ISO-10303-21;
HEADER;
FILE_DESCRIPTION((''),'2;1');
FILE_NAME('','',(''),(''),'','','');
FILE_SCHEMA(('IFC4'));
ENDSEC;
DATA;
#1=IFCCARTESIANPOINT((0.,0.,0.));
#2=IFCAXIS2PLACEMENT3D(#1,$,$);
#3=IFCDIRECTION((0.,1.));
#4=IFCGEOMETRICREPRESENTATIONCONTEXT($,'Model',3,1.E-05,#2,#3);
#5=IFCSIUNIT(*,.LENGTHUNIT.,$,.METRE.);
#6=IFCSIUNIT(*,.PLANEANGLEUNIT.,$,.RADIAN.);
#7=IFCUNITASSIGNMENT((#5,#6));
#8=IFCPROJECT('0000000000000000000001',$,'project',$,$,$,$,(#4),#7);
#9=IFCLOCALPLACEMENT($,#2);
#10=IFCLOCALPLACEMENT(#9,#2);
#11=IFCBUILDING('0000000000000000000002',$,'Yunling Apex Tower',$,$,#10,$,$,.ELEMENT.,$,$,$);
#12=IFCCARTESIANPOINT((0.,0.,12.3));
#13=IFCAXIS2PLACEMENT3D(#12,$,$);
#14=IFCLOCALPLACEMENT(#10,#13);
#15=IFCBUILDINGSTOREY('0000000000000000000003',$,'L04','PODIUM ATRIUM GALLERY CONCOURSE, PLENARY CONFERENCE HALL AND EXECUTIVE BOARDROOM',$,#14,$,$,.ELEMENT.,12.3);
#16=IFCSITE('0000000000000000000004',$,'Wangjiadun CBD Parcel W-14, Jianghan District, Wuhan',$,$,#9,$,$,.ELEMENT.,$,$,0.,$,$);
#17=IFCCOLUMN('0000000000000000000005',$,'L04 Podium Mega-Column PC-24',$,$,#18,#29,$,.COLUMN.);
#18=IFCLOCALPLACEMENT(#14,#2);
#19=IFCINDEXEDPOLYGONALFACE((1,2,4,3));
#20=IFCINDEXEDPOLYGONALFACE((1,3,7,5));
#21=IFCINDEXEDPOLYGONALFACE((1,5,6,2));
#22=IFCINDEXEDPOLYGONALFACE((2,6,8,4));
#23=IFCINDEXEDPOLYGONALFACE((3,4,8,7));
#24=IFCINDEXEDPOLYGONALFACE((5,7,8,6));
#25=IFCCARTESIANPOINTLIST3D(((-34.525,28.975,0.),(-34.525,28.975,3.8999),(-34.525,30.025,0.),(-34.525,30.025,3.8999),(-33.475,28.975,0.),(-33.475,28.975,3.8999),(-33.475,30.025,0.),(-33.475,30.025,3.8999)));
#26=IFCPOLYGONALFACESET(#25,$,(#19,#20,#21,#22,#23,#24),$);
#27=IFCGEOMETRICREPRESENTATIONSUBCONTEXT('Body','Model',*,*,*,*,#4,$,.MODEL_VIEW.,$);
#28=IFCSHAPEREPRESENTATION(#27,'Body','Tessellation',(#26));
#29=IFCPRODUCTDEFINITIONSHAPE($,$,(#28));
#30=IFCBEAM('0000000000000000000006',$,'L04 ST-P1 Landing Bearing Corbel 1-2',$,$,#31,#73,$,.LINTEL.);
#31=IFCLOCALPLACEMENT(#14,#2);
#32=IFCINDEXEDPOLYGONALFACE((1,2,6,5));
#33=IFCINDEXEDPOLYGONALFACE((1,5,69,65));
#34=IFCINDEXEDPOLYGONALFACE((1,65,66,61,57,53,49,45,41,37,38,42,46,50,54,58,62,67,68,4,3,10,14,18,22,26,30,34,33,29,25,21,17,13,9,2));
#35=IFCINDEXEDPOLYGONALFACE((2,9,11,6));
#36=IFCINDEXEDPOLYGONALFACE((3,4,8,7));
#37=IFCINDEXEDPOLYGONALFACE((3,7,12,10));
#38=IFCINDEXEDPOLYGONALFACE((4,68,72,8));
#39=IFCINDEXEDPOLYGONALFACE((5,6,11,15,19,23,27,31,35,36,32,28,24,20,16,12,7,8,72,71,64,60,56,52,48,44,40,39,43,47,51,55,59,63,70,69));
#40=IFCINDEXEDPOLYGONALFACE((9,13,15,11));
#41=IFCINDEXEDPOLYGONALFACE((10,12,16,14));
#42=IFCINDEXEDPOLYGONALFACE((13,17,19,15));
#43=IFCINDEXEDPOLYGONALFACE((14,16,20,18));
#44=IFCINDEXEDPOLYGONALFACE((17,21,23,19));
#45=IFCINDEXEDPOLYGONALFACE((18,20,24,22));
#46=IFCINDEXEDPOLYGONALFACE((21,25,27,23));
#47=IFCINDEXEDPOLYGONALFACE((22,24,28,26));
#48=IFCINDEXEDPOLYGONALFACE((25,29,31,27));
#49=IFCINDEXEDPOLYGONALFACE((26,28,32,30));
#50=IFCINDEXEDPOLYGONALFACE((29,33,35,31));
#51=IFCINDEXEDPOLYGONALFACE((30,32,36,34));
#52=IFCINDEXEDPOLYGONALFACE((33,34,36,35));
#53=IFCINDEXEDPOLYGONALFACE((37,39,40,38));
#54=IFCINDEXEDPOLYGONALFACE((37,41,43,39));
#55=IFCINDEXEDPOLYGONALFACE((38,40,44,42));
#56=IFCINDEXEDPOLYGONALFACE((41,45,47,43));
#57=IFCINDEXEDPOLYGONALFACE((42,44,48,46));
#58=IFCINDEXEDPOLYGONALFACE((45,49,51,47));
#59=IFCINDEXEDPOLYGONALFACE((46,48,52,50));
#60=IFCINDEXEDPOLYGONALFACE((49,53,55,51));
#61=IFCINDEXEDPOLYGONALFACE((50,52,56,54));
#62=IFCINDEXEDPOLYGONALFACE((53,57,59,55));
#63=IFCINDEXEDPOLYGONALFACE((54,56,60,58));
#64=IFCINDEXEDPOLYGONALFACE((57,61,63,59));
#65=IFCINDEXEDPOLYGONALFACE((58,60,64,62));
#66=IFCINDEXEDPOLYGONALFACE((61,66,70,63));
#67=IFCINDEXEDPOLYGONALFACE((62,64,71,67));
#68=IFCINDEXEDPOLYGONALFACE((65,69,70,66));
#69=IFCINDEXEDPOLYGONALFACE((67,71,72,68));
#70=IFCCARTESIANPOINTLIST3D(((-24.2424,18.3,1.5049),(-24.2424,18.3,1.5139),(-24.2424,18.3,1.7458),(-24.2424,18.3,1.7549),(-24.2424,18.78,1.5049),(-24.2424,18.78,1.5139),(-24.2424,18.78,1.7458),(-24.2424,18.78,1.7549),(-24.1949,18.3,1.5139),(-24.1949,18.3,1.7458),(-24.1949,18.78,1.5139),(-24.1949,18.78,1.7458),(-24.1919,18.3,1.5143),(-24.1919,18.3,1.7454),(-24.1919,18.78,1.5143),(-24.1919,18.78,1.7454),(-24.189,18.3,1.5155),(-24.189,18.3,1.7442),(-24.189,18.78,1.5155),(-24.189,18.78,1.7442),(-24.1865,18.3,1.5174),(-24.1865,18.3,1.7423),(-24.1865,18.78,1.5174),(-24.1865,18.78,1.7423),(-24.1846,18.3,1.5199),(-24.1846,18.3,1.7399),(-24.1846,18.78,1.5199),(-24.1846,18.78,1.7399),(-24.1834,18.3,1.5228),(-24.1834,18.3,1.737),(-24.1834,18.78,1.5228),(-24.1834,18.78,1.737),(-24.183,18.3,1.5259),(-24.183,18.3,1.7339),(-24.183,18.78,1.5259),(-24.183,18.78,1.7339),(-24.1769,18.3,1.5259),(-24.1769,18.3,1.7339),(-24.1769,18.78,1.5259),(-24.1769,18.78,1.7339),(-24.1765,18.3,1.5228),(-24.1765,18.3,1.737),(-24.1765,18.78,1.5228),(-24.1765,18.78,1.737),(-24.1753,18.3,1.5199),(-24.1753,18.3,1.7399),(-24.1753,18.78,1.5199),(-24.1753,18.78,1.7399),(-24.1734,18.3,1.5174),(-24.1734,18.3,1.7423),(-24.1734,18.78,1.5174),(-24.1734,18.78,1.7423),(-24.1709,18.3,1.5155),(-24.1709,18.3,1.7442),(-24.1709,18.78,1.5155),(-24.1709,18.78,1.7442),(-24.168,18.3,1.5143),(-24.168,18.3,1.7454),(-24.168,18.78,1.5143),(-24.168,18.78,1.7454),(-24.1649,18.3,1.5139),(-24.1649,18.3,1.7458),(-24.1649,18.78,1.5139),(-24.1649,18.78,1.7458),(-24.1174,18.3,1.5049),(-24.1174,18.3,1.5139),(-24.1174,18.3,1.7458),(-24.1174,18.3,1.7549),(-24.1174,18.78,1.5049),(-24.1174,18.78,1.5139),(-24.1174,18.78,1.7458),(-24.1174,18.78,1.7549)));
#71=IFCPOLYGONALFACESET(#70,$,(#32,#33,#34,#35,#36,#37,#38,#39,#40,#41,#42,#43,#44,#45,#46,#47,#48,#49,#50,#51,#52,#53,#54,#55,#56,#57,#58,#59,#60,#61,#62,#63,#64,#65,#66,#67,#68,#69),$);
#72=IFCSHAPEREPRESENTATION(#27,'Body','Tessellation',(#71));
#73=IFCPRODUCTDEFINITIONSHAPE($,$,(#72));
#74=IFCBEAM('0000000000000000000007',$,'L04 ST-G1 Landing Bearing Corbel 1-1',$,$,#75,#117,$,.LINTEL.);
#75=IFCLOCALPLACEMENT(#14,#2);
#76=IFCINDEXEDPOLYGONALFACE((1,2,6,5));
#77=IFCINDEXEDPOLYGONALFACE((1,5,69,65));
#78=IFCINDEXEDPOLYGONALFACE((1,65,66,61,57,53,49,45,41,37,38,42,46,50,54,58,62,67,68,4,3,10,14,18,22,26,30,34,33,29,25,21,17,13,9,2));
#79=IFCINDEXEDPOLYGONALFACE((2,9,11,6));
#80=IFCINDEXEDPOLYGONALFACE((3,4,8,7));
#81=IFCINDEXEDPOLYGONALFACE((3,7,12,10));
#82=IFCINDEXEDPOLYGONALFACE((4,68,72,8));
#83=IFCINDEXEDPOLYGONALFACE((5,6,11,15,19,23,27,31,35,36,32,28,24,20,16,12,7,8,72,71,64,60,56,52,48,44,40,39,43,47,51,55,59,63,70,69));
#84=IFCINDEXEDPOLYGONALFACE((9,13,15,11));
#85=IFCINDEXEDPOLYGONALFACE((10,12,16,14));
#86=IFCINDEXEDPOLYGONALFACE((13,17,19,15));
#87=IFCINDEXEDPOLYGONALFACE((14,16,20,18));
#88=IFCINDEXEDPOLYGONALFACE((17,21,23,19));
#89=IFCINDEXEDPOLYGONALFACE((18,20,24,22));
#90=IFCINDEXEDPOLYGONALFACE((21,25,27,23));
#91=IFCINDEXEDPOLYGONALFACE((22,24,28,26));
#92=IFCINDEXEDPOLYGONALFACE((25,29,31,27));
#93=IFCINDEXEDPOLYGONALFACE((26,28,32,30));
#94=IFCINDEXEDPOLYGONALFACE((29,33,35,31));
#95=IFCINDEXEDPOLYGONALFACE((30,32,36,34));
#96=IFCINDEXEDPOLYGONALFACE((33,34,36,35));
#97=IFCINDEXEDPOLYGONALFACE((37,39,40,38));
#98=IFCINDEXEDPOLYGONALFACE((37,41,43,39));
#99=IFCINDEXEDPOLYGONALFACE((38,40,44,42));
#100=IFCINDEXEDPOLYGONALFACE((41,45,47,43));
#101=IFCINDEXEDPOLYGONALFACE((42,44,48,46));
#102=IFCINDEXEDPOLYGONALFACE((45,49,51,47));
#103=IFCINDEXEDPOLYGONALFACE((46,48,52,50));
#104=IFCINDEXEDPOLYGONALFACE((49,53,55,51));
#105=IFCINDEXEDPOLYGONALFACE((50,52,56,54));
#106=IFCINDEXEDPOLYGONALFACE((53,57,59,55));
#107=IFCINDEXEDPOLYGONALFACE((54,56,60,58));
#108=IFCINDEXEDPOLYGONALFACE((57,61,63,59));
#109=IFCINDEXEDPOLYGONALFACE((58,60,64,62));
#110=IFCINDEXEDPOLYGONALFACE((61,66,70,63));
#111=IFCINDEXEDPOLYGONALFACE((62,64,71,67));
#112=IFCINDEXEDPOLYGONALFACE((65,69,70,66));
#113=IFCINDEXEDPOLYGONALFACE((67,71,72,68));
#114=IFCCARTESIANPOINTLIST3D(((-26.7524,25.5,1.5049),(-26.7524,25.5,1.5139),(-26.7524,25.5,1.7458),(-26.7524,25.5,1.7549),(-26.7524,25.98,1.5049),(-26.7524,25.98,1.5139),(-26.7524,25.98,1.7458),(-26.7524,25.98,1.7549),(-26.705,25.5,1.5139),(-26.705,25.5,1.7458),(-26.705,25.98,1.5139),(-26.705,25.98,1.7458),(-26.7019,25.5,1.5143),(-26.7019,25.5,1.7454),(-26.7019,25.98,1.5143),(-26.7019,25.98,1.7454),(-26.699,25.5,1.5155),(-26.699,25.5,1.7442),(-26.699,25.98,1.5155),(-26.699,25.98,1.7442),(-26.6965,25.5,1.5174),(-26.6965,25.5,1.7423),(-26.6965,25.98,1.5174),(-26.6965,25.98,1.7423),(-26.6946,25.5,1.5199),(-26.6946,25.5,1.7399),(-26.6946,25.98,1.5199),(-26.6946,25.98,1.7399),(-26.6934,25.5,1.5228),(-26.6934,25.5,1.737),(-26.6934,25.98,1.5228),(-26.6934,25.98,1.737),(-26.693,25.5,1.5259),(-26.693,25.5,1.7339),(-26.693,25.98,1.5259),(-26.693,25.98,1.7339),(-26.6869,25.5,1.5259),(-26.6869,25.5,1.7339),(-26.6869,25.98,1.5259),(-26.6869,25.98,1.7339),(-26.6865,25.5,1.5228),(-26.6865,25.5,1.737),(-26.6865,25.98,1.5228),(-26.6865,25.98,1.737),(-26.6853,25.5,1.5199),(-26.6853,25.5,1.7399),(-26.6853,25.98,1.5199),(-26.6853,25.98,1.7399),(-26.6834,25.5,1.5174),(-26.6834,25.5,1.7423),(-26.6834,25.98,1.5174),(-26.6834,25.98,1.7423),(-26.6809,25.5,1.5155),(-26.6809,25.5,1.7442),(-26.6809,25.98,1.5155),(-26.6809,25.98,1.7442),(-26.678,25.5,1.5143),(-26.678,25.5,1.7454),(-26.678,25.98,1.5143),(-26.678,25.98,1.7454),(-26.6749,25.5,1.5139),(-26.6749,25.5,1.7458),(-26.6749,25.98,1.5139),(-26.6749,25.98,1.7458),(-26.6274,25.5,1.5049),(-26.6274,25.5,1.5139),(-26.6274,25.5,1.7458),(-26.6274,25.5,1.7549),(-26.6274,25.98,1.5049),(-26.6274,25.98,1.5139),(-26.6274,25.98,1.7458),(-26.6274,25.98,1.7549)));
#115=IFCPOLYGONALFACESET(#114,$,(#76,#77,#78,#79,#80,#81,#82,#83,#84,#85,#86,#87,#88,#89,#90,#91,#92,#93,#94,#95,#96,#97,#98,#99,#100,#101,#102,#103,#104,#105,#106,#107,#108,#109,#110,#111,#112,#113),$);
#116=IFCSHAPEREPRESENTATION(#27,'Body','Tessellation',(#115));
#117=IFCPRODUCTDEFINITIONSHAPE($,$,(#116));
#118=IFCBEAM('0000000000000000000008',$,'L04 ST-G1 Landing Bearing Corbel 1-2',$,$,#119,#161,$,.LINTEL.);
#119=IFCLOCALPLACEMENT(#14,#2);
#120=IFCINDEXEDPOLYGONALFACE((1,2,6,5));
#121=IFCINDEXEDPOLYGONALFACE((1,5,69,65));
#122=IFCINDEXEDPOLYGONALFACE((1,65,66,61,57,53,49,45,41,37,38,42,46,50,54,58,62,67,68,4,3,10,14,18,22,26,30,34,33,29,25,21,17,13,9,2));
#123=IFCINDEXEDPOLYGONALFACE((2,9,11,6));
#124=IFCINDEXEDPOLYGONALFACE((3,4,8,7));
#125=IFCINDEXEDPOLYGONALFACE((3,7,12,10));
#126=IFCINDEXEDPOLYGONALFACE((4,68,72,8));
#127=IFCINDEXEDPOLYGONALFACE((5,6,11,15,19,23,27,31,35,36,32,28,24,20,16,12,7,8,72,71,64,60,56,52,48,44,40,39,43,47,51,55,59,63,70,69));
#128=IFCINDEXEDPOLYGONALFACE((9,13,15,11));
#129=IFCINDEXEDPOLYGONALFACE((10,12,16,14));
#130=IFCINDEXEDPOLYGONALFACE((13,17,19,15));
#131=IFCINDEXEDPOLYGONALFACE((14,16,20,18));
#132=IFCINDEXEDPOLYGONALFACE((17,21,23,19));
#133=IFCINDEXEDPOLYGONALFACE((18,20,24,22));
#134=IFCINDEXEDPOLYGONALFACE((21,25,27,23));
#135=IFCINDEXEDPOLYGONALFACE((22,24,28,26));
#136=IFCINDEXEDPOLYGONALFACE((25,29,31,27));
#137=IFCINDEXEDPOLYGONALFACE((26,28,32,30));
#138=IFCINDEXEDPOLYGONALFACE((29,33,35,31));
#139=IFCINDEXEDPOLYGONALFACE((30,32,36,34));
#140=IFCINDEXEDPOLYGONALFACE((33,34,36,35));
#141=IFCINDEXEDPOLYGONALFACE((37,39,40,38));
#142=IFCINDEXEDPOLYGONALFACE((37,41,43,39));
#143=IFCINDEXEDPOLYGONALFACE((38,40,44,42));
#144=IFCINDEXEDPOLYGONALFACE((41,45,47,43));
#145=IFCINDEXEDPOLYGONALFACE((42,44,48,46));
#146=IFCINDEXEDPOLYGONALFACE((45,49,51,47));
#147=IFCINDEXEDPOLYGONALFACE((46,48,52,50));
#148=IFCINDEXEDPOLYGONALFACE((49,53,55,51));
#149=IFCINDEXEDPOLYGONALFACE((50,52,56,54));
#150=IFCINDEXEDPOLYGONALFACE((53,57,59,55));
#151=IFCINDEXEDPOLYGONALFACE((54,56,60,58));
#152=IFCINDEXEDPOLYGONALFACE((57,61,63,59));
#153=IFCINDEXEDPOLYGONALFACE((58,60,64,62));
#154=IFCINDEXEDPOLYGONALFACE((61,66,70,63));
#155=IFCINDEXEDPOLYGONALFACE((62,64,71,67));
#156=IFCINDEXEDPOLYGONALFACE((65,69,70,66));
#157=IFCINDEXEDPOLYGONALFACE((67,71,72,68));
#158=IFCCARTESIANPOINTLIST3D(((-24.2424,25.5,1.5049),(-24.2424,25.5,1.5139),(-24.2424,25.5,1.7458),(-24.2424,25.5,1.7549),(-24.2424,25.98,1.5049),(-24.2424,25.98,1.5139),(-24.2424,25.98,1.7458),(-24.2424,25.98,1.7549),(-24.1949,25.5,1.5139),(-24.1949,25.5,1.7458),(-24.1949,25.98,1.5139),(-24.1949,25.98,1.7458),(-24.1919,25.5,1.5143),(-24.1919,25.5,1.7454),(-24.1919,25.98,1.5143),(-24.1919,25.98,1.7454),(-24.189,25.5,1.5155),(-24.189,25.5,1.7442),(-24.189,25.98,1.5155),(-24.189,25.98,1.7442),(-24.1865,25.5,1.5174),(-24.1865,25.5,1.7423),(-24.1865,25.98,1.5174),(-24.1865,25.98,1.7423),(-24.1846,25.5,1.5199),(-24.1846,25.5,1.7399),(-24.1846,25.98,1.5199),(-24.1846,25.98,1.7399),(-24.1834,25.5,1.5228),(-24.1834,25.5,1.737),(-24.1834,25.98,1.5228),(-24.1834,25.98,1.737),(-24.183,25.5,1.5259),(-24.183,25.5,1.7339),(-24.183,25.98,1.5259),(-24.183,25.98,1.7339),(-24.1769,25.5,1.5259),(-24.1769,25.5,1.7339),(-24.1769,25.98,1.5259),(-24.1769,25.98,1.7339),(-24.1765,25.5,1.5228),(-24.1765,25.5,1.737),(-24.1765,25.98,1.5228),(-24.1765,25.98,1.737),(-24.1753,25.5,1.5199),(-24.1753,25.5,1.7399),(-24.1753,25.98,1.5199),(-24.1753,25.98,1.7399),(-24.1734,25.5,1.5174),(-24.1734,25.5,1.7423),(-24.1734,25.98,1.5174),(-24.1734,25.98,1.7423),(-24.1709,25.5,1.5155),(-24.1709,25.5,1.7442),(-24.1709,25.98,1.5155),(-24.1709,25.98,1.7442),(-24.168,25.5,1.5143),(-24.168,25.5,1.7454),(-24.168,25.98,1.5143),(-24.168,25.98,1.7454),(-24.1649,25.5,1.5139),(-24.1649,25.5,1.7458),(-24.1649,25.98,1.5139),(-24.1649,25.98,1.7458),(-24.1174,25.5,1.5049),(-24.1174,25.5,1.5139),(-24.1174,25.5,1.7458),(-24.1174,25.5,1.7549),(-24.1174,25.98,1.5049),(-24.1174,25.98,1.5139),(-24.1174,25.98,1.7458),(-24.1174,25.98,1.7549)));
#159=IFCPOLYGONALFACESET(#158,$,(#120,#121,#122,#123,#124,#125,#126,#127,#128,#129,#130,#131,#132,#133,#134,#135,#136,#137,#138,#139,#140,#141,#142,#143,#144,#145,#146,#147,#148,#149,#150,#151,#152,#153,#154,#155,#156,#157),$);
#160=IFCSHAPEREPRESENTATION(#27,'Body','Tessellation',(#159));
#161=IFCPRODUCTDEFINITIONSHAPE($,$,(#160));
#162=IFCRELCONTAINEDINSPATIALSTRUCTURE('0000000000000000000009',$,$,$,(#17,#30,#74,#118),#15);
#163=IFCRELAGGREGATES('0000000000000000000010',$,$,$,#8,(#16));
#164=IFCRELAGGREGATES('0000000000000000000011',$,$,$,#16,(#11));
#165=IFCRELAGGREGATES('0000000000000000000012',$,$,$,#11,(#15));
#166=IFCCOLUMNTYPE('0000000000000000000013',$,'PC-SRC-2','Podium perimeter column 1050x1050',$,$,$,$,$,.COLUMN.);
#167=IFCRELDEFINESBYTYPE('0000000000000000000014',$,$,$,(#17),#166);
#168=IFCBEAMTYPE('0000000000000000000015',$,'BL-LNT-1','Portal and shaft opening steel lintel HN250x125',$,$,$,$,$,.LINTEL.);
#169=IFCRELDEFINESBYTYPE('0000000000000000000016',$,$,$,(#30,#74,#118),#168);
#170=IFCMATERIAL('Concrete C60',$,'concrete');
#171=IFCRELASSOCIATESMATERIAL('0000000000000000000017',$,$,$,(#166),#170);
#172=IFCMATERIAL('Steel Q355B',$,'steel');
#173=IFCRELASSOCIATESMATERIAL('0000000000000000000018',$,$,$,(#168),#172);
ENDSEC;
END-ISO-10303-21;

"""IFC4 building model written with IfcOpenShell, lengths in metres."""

from ifc_helpers import new_model, si_unit, direction, frame, origin, origin_2d, place, context, subcontext, project, spatial, rectangle, i_section, extrude, source, transform, mapped, material, material_profile, profile_set, type_object, element, save


model = new_model("IFC4")

# Units and contexts
model_context = context("Model", 3, precision=1e-05, world=origin(), true_north=direction((0.0, 1.0)))
body_context = subcontext(model_context, "Body", "Model", "MODEL_VIEW")
ifc_project = project(units=[si_unit("LENGTHUNIT", "METRE"), si_unit("PLANEANGLEUNIT", "RADIAN")], contexts=[model_context])

# Site, building, storey
site_placement = place(None, origin())
site = spatial("IfcSite", under=ifc_project, at=site_placement, Name="Wangjiadun CBD Parcel W-14, Jianghan District, Wuhan", CompositionType="ELEMENT", RefElevation=0.0)
building_placement = place(site_placement, origin())
building = spatial("IfcBuilding", under=site, at=building_placement, Name="Yunling Apex Tower", CompositionType="ELEMENT")
storey_placement = place(building_placement, frame((0.0, 0.0, 12.3)))
storey = spatial("IfcBuildingStorey", under=building, at=storey_placement, Name="L04", Description="PODIUM ATRIUM GALLERY CONCOURSE, PLENARY CONFERENCE HALL AND EXECUTIVE BOARDROOM", CompositionType="ELEMENT", Elevation=12.3)

# Column
ifc_material_1 = material(Name="Concrete C60", Category="concrete")
ifc_material_profile_1 = material_profile(ifc_material_1, rectangle(XDim=1.05, YDim=1.05, at=origin_2d()))
ifc_profile_set_1 = profile_set([ifc_material_profile_1], Name="Concrete C60")
column_type = type_object("IfcColumnType", Name="PC-SRC-2", Description="Podium perimeter column 1050x1050", PredefinedType="COLUMN", material=ifc_profile_set_1)
shared_shape_1 = source(origin(), body_context, "Body", "SweptSolid", [
    extrude(rectangle(XDim=1.05, YDim=1.05, at=origin_2d()), origin(), (0.0, 0.0, 1.0), 3.8999),
])
column_placement = place(storey_placement, frame((-34.0, 29.5, 0.0), z_axis=(0.0, 0.0, 1.0), x_axis=(1.0, 0.0, 0.0)))
element("IfcColumn", 1, at=column_placement, inside=storey, type_object=column_type, Name="L04 Podium Mega-Column PC-24", PredefinedType="COLUMN", context=body_context, shape_type="MappedRepresentation", body=[
    mapped(shared_shape_1, transform((0.0, 0.0, 0.0), scale=1.0)),
])

# Beams
ifc_material_2 = material(Name="Steel Q355B", Category="steel")
ifc_material_profile_2 = material_profile(ifc_material_2, i_section(OverallWidth=0.125, OverallDepth=0.25, WebThickness=0.0061, FlangeThickness=0.009, FilletRadius=0.012, at=origin_2d()))
ifc_profile_set_2 = profile_set([ifc_material_profile_2], Name="Steel Q355B")
beam_type_1 = type_object("IfcBeamType", Name="BL-LNT-1", Description="Portal and shaft opening steel lintel HN250x125", PredefinedType="LINTEL", material=ifc_profile_set_2)
shared_shape_2 = source(origin(), body_context, "Body", "SweptSolid", [
    extrude(i_section(OverallWidth=0.125, OverallDepth=0.25, WebThickness=0.0061, FlangeThickness=0.009, FilletRadius=0.012, at=origin_2d()), origin(), (0.0, 0.0, 1.0), 0.48),
])
for number, where, z_axis, x_axis, name in (
    (2, (-24.1799, 18.78, 1.6299), (0.0, -1.0, 0.0), (1.0, 0.0, 0.0), "L04 ST-P1 Landing Bearing Corbel 1-2"),
    (3, (-26.6899, 25.98, 1.6299), (0.0, -1.0, 0.0), (1.0, 0.0, 0.0), "L04 ST-G1 Landing Bearing Corbel 1-1"),
    (4, (-24.1799, 25.98, 1.6299), (0.0, -1.0, 0.0), (1.0, 0.0, 0.0), "L04 ST-G1 Landing Bearing Corbel 1-2"),
):
    element("IfcBeam", number, at=place(storey_placement, frame(where, z_axis=z_axis, x_axis=x_axis)), inside=storey, type_object=beam_type_1, Name=name, PredefinedType="LINTEL", context=body_context, shape_type="MappedRepresentation", body=[
        mapped(shared_shape_2, transform((0.0, 0.0, 0.0), scale=1.0)),
    ])

save(model, "model.ifc")
